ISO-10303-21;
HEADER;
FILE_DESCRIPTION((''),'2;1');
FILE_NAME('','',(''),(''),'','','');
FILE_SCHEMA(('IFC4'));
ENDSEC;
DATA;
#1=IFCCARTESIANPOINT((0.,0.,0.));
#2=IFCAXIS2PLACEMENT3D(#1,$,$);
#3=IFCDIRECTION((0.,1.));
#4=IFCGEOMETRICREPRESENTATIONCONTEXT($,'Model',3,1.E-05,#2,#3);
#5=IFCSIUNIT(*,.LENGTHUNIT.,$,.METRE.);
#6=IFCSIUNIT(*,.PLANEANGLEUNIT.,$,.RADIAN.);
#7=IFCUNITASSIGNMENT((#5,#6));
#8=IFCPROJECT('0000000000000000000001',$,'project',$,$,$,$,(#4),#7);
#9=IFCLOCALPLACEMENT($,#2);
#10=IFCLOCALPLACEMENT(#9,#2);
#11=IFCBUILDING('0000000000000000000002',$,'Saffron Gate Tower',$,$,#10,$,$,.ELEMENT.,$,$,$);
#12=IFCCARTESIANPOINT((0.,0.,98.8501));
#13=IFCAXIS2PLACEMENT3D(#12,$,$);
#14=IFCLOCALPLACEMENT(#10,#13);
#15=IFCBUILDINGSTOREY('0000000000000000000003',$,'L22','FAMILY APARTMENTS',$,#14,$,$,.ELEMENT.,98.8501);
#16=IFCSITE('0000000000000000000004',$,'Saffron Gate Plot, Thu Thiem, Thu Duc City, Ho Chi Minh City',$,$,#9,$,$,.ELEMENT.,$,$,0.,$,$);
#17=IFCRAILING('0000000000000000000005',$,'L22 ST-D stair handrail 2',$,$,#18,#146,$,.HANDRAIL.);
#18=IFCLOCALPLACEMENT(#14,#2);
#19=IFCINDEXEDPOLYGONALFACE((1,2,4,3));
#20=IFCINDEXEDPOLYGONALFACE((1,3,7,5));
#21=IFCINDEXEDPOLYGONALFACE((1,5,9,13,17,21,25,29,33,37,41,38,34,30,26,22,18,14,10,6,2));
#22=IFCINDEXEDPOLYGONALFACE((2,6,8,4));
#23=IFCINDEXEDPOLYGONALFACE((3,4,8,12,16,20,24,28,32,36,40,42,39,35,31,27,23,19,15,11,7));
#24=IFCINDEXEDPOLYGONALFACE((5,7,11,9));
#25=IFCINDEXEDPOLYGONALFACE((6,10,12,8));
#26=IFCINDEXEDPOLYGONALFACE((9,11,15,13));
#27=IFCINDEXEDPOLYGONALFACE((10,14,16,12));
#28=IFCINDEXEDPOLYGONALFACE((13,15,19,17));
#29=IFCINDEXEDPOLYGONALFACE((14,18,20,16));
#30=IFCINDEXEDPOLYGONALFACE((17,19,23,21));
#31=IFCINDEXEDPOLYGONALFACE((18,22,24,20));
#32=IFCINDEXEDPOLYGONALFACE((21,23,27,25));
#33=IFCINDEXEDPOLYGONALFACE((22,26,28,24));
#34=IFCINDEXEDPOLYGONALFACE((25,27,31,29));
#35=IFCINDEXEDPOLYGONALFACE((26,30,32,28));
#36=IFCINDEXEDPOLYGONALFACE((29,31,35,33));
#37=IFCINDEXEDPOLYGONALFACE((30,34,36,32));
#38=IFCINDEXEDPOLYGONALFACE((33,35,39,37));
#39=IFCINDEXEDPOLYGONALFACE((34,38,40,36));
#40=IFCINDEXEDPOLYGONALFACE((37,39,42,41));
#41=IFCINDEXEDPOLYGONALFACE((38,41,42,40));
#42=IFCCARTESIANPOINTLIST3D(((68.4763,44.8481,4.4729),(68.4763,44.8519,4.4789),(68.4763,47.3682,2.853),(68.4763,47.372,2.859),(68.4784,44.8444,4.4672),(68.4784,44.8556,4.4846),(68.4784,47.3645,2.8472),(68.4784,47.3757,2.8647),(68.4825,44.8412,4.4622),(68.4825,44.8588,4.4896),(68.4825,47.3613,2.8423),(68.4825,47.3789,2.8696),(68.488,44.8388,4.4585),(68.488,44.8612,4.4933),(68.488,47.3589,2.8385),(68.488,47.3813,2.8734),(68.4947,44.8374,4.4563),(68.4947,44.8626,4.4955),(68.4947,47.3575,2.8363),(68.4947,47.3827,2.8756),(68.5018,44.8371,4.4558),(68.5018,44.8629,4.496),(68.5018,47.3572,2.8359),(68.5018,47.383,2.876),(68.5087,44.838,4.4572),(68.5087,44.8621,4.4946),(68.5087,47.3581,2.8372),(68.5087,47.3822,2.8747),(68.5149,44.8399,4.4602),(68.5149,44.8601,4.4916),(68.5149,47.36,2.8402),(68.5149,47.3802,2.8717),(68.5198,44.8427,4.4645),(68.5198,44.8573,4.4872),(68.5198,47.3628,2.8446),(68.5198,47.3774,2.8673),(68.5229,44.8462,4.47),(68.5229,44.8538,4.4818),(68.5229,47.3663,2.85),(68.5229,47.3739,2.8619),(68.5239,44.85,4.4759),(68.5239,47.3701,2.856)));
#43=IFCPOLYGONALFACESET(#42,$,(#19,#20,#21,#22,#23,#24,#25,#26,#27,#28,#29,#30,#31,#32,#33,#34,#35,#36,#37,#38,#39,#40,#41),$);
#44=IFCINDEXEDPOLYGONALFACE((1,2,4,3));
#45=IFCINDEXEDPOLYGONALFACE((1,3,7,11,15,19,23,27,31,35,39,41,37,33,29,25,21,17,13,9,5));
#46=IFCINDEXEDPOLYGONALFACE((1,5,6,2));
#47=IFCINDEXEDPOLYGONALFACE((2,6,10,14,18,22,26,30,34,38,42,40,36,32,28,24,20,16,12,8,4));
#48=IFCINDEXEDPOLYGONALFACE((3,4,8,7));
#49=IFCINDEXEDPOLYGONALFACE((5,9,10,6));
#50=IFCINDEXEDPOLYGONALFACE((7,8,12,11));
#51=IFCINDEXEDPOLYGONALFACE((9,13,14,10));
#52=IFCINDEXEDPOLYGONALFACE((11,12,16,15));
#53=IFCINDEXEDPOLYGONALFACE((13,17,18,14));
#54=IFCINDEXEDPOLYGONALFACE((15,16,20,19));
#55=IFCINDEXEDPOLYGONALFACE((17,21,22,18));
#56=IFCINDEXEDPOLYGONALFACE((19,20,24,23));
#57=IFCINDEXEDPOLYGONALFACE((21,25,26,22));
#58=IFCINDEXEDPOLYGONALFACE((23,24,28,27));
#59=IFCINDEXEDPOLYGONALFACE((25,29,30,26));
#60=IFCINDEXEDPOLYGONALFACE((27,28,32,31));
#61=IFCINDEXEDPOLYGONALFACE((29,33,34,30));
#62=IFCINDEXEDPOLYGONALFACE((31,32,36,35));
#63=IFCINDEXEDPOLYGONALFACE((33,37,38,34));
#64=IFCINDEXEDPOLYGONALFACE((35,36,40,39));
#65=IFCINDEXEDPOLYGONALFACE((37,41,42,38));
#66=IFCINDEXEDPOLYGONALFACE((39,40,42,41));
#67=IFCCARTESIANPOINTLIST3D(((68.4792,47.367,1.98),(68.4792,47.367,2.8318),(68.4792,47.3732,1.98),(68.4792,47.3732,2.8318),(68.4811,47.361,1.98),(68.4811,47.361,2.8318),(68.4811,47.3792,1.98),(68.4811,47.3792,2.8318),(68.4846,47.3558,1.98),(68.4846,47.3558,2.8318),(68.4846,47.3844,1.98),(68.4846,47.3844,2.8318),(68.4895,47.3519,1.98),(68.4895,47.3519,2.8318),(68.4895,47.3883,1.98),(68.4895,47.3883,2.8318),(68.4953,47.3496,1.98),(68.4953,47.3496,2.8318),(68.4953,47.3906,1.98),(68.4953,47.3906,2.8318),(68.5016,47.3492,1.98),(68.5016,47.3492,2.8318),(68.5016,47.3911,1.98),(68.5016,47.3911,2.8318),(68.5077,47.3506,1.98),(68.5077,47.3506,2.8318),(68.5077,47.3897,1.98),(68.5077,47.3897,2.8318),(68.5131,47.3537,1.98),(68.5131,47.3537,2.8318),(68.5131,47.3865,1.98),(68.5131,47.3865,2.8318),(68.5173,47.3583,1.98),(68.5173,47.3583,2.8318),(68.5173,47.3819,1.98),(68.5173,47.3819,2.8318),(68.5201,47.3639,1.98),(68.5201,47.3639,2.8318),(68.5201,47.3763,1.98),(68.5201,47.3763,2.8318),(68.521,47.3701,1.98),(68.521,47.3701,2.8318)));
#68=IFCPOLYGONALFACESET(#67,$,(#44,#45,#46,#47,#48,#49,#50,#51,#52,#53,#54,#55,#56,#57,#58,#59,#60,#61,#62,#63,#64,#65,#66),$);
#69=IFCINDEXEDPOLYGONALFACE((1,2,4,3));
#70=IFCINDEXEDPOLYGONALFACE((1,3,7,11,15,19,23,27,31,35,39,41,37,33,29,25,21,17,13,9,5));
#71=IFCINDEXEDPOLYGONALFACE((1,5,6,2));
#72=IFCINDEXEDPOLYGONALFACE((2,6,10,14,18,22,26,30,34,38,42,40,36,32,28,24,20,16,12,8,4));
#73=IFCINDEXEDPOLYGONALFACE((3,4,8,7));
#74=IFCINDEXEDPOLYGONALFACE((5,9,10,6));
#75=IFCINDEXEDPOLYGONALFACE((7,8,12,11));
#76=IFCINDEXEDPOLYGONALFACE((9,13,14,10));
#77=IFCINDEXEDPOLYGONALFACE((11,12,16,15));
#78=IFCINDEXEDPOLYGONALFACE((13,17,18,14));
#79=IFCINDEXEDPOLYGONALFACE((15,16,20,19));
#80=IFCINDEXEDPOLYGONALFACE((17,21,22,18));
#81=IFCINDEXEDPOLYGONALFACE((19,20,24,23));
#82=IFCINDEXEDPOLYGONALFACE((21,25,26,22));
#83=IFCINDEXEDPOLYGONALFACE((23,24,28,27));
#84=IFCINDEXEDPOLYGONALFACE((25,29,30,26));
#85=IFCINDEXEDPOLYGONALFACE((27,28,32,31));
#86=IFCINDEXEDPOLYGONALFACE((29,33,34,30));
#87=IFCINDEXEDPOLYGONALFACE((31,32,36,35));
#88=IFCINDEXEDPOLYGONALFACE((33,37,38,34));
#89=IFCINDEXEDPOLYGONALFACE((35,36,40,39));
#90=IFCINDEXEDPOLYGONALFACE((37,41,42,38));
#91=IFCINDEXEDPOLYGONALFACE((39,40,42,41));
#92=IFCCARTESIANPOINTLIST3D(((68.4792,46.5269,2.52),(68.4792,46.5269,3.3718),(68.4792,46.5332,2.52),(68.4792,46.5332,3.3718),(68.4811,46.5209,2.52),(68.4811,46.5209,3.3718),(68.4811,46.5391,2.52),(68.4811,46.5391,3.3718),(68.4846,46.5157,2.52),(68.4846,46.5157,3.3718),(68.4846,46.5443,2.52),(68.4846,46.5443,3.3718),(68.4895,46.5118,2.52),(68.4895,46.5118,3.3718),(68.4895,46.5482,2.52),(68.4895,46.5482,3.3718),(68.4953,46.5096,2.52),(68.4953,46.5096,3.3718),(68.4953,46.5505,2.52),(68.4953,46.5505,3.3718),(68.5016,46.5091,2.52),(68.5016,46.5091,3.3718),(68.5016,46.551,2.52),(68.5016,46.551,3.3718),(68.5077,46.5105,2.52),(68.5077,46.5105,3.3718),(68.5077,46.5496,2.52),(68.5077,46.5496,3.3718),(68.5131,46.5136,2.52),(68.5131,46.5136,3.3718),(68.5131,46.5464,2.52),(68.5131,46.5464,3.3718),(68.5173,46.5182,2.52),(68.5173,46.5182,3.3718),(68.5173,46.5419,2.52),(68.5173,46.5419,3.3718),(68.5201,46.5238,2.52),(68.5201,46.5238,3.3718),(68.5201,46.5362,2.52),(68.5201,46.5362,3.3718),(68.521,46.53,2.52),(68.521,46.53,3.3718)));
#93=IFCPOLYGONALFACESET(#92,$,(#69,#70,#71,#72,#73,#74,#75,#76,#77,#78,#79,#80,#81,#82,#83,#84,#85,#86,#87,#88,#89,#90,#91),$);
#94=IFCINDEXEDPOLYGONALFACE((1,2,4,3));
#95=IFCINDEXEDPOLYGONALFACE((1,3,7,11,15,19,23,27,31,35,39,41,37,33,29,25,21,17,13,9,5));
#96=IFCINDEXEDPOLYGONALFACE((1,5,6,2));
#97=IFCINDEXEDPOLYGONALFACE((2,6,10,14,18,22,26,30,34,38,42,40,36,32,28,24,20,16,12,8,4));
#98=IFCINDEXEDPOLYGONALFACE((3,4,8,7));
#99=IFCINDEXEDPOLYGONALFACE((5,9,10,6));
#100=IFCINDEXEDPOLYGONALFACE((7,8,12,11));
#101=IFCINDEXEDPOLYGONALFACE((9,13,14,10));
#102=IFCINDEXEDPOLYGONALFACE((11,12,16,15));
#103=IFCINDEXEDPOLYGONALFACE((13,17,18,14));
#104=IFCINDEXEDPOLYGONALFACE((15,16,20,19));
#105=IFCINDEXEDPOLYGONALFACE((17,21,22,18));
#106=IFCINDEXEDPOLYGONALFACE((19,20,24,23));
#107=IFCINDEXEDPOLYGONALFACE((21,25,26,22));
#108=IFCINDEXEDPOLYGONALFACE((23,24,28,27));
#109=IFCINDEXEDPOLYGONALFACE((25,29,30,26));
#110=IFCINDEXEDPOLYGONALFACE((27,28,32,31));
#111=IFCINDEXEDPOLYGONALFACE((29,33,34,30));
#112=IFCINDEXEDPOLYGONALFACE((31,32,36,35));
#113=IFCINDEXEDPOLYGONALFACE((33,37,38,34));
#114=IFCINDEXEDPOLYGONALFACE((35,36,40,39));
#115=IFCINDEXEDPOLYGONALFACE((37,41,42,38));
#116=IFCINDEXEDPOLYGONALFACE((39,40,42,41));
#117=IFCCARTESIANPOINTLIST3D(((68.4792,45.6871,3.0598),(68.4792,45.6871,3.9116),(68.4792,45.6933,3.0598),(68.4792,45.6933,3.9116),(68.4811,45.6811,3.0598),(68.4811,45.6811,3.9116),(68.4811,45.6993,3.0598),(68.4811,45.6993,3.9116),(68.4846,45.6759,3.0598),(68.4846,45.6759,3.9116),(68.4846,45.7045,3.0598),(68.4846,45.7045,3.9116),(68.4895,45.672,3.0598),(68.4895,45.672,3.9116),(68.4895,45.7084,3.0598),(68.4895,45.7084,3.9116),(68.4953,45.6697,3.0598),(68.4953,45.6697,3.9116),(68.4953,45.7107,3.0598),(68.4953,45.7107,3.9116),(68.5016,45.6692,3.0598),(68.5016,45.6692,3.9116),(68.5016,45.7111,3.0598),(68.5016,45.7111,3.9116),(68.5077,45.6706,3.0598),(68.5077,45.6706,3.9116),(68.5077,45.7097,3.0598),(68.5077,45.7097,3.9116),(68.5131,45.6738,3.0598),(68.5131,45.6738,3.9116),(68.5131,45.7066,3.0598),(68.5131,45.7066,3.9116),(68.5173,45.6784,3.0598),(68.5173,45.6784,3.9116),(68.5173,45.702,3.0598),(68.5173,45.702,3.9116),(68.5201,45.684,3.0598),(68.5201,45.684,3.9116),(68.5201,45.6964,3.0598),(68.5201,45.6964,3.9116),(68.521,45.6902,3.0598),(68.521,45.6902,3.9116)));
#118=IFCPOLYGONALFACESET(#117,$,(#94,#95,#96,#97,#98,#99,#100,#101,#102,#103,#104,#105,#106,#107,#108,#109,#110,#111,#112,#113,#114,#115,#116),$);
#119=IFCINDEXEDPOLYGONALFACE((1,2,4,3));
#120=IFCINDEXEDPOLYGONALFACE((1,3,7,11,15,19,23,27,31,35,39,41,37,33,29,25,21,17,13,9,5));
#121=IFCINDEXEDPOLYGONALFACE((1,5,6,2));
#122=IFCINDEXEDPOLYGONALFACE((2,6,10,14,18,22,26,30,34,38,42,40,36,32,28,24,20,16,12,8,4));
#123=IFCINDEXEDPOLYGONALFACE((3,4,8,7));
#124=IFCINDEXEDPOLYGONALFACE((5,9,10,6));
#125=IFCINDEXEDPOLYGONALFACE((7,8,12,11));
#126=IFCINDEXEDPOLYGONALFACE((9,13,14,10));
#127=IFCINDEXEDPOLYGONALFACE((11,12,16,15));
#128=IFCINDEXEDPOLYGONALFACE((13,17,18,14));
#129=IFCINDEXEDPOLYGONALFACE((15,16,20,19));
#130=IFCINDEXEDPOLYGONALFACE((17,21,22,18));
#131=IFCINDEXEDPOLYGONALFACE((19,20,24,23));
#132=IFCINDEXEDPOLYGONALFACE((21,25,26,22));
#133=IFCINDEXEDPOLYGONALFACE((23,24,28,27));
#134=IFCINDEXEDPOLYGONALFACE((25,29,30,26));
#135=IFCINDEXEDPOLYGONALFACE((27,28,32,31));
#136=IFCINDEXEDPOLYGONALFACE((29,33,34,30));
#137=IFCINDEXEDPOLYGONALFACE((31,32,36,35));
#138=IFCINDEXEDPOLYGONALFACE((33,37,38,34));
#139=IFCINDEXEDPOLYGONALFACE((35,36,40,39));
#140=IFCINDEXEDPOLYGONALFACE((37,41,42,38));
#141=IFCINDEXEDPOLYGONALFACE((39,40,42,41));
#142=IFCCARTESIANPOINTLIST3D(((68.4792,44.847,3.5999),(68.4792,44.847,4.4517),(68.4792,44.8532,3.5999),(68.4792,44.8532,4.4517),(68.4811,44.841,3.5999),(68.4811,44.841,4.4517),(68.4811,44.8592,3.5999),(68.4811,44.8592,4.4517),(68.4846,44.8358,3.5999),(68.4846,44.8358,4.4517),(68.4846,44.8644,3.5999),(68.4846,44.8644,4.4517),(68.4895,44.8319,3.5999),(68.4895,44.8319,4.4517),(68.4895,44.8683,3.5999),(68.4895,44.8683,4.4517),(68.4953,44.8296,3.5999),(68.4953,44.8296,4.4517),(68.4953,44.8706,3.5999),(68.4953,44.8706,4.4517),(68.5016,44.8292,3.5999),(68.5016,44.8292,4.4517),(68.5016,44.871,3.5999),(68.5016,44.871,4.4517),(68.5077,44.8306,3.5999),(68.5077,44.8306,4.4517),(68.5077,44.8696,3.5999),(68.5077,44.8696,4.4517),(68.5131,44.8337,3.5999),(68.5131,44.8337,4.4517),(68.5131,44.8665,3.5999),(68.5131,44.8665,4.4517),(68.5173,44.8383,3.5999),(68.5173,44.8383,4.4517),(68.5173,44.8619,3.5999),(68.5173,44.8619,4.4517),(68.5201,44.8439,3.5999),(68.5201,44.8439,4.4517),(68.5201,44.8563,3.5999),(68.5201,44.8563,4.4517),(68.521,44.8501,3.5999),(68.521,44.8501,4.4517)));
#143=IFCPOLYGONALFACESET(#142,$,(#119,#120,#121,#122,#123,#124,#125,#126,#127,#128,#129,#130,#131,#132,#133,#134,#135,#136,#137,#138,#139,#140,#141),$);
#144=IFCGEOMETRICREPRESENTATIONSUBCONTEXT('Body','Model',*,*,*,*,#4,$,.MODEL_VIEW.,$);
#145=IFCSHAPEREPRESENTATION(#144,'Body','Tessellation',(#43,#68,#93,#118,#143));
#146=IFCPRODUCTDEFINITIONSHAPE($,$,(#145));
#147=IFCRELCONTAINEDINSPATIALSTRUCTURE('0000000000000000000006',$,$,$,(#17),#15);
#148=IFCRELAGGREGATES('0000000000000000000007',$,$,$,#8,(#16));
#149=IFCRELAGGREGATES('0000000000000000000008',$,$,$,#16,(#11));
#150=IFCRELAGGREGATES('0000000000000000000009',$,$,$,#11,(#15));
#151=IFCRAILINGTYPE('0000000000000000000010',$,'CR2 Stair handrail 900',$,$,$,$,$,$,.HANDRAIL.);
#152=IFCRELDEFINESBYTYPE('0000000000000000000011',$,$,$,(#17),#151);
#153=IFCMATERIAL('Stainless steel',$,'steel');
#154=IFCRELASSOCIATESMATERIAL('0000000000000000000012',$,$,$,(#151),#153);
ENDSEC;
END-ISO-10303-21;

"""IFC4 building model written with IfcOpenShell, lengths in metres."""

from ifc_helpers import new_model, si_unit, direction, frame, origin, origin_2d, place, context, subcontext, project, spatial, circle, extrude, material, type_object, element, save


model = new_model("IFC4")

# Units and contexts
model_context = context("Model", 3, precision=1e-05, world=origin(), true_north=direction((0.0, 1.0)))
body_context = subcontext(model_context, "Body", "Model", "MODEL_VIEW")
ifc_project = project(units=[si_unit("LENGTHUNIT", "METRE"), si_unit("PLANEANGLEUNIT", "RADIAN")], contexts=[model_context])

# Site, building, storey
site_placement = place(None, origin())
site = spatial("IfcSite", under=ifc_project, at=site_placement, Name="Saffron Gate Plot, Thu Thiem, Thu Duc City, Ho Chi Minh City", CompositionType="ELEMENT", RefElevation=0.0)
building_placement = place(site_placement, origin())
building = spatial("IfcBuilding", under=site, at=building_placement, Name="Saffron Gate Tower", CompositionType="ELEMENT")
storey_placement = place(building_placement, frame((0.0, 0.0, 98.8501)))
storey = spatial("IfcBuildingStorey", under=building, at=storey_placement, Name="L22", Description="FAMILY APARTMENTS", CompositionType="ELEMENT", Elevation=98.8501)

# Railing
ifc_material_1 = material(Name="Stainless steel", Category="steel")
railing_type_1 = type_object("IfcRailingType", Name="CR2 Stair handrail 900", PredefinedType="HANDRAIL", material=ifc_material_1)
railing_1_placement = place(storey_placement, frame((68.5, 47.3701, 1.98)))
element("IfcRailing", 1, at=railing_1_placement, inside=storey, type_object=railing_type_1, Name="L22 ST-D stair handrail 2", PredefinedType="HANDRAIL", context=body_context, shape_type="SweptSolid", body=[
    extrude(circle(Radius=0.0239, at=origin_2d()), frame((0.0, 0.0, 0.876), z_axis=(0.0, -0.8412, 0.540725), x_axis=(1.0, 0.0, 0.0)), (0.0, 0.0, 1.0), 2.9958),
    extrude(circle(Radius=0.021, at=origin_2d()), origin(), (0.0, 0.0, 1.0), 0.8518),
    extrude(circle(Radius=0.021, at=origin_2d()), frame((0.0, -0.8401, 0.54)), (0.0, 0.0, 1.0), 0.8518),
    extrude(circle(Radius=0.021, at=origin_2d()), frame((0.0, -1.6799, 1.0798)), (0.0, 0.0, 1.0), 0.8518),
    extrude(circle(Radius=0.021, at=origin_2d()), frame((0.0, -2.52, 1.6199)), (0.0, 0.0, 1.0), 0.8518),
])

save(model, "model.ifc")
